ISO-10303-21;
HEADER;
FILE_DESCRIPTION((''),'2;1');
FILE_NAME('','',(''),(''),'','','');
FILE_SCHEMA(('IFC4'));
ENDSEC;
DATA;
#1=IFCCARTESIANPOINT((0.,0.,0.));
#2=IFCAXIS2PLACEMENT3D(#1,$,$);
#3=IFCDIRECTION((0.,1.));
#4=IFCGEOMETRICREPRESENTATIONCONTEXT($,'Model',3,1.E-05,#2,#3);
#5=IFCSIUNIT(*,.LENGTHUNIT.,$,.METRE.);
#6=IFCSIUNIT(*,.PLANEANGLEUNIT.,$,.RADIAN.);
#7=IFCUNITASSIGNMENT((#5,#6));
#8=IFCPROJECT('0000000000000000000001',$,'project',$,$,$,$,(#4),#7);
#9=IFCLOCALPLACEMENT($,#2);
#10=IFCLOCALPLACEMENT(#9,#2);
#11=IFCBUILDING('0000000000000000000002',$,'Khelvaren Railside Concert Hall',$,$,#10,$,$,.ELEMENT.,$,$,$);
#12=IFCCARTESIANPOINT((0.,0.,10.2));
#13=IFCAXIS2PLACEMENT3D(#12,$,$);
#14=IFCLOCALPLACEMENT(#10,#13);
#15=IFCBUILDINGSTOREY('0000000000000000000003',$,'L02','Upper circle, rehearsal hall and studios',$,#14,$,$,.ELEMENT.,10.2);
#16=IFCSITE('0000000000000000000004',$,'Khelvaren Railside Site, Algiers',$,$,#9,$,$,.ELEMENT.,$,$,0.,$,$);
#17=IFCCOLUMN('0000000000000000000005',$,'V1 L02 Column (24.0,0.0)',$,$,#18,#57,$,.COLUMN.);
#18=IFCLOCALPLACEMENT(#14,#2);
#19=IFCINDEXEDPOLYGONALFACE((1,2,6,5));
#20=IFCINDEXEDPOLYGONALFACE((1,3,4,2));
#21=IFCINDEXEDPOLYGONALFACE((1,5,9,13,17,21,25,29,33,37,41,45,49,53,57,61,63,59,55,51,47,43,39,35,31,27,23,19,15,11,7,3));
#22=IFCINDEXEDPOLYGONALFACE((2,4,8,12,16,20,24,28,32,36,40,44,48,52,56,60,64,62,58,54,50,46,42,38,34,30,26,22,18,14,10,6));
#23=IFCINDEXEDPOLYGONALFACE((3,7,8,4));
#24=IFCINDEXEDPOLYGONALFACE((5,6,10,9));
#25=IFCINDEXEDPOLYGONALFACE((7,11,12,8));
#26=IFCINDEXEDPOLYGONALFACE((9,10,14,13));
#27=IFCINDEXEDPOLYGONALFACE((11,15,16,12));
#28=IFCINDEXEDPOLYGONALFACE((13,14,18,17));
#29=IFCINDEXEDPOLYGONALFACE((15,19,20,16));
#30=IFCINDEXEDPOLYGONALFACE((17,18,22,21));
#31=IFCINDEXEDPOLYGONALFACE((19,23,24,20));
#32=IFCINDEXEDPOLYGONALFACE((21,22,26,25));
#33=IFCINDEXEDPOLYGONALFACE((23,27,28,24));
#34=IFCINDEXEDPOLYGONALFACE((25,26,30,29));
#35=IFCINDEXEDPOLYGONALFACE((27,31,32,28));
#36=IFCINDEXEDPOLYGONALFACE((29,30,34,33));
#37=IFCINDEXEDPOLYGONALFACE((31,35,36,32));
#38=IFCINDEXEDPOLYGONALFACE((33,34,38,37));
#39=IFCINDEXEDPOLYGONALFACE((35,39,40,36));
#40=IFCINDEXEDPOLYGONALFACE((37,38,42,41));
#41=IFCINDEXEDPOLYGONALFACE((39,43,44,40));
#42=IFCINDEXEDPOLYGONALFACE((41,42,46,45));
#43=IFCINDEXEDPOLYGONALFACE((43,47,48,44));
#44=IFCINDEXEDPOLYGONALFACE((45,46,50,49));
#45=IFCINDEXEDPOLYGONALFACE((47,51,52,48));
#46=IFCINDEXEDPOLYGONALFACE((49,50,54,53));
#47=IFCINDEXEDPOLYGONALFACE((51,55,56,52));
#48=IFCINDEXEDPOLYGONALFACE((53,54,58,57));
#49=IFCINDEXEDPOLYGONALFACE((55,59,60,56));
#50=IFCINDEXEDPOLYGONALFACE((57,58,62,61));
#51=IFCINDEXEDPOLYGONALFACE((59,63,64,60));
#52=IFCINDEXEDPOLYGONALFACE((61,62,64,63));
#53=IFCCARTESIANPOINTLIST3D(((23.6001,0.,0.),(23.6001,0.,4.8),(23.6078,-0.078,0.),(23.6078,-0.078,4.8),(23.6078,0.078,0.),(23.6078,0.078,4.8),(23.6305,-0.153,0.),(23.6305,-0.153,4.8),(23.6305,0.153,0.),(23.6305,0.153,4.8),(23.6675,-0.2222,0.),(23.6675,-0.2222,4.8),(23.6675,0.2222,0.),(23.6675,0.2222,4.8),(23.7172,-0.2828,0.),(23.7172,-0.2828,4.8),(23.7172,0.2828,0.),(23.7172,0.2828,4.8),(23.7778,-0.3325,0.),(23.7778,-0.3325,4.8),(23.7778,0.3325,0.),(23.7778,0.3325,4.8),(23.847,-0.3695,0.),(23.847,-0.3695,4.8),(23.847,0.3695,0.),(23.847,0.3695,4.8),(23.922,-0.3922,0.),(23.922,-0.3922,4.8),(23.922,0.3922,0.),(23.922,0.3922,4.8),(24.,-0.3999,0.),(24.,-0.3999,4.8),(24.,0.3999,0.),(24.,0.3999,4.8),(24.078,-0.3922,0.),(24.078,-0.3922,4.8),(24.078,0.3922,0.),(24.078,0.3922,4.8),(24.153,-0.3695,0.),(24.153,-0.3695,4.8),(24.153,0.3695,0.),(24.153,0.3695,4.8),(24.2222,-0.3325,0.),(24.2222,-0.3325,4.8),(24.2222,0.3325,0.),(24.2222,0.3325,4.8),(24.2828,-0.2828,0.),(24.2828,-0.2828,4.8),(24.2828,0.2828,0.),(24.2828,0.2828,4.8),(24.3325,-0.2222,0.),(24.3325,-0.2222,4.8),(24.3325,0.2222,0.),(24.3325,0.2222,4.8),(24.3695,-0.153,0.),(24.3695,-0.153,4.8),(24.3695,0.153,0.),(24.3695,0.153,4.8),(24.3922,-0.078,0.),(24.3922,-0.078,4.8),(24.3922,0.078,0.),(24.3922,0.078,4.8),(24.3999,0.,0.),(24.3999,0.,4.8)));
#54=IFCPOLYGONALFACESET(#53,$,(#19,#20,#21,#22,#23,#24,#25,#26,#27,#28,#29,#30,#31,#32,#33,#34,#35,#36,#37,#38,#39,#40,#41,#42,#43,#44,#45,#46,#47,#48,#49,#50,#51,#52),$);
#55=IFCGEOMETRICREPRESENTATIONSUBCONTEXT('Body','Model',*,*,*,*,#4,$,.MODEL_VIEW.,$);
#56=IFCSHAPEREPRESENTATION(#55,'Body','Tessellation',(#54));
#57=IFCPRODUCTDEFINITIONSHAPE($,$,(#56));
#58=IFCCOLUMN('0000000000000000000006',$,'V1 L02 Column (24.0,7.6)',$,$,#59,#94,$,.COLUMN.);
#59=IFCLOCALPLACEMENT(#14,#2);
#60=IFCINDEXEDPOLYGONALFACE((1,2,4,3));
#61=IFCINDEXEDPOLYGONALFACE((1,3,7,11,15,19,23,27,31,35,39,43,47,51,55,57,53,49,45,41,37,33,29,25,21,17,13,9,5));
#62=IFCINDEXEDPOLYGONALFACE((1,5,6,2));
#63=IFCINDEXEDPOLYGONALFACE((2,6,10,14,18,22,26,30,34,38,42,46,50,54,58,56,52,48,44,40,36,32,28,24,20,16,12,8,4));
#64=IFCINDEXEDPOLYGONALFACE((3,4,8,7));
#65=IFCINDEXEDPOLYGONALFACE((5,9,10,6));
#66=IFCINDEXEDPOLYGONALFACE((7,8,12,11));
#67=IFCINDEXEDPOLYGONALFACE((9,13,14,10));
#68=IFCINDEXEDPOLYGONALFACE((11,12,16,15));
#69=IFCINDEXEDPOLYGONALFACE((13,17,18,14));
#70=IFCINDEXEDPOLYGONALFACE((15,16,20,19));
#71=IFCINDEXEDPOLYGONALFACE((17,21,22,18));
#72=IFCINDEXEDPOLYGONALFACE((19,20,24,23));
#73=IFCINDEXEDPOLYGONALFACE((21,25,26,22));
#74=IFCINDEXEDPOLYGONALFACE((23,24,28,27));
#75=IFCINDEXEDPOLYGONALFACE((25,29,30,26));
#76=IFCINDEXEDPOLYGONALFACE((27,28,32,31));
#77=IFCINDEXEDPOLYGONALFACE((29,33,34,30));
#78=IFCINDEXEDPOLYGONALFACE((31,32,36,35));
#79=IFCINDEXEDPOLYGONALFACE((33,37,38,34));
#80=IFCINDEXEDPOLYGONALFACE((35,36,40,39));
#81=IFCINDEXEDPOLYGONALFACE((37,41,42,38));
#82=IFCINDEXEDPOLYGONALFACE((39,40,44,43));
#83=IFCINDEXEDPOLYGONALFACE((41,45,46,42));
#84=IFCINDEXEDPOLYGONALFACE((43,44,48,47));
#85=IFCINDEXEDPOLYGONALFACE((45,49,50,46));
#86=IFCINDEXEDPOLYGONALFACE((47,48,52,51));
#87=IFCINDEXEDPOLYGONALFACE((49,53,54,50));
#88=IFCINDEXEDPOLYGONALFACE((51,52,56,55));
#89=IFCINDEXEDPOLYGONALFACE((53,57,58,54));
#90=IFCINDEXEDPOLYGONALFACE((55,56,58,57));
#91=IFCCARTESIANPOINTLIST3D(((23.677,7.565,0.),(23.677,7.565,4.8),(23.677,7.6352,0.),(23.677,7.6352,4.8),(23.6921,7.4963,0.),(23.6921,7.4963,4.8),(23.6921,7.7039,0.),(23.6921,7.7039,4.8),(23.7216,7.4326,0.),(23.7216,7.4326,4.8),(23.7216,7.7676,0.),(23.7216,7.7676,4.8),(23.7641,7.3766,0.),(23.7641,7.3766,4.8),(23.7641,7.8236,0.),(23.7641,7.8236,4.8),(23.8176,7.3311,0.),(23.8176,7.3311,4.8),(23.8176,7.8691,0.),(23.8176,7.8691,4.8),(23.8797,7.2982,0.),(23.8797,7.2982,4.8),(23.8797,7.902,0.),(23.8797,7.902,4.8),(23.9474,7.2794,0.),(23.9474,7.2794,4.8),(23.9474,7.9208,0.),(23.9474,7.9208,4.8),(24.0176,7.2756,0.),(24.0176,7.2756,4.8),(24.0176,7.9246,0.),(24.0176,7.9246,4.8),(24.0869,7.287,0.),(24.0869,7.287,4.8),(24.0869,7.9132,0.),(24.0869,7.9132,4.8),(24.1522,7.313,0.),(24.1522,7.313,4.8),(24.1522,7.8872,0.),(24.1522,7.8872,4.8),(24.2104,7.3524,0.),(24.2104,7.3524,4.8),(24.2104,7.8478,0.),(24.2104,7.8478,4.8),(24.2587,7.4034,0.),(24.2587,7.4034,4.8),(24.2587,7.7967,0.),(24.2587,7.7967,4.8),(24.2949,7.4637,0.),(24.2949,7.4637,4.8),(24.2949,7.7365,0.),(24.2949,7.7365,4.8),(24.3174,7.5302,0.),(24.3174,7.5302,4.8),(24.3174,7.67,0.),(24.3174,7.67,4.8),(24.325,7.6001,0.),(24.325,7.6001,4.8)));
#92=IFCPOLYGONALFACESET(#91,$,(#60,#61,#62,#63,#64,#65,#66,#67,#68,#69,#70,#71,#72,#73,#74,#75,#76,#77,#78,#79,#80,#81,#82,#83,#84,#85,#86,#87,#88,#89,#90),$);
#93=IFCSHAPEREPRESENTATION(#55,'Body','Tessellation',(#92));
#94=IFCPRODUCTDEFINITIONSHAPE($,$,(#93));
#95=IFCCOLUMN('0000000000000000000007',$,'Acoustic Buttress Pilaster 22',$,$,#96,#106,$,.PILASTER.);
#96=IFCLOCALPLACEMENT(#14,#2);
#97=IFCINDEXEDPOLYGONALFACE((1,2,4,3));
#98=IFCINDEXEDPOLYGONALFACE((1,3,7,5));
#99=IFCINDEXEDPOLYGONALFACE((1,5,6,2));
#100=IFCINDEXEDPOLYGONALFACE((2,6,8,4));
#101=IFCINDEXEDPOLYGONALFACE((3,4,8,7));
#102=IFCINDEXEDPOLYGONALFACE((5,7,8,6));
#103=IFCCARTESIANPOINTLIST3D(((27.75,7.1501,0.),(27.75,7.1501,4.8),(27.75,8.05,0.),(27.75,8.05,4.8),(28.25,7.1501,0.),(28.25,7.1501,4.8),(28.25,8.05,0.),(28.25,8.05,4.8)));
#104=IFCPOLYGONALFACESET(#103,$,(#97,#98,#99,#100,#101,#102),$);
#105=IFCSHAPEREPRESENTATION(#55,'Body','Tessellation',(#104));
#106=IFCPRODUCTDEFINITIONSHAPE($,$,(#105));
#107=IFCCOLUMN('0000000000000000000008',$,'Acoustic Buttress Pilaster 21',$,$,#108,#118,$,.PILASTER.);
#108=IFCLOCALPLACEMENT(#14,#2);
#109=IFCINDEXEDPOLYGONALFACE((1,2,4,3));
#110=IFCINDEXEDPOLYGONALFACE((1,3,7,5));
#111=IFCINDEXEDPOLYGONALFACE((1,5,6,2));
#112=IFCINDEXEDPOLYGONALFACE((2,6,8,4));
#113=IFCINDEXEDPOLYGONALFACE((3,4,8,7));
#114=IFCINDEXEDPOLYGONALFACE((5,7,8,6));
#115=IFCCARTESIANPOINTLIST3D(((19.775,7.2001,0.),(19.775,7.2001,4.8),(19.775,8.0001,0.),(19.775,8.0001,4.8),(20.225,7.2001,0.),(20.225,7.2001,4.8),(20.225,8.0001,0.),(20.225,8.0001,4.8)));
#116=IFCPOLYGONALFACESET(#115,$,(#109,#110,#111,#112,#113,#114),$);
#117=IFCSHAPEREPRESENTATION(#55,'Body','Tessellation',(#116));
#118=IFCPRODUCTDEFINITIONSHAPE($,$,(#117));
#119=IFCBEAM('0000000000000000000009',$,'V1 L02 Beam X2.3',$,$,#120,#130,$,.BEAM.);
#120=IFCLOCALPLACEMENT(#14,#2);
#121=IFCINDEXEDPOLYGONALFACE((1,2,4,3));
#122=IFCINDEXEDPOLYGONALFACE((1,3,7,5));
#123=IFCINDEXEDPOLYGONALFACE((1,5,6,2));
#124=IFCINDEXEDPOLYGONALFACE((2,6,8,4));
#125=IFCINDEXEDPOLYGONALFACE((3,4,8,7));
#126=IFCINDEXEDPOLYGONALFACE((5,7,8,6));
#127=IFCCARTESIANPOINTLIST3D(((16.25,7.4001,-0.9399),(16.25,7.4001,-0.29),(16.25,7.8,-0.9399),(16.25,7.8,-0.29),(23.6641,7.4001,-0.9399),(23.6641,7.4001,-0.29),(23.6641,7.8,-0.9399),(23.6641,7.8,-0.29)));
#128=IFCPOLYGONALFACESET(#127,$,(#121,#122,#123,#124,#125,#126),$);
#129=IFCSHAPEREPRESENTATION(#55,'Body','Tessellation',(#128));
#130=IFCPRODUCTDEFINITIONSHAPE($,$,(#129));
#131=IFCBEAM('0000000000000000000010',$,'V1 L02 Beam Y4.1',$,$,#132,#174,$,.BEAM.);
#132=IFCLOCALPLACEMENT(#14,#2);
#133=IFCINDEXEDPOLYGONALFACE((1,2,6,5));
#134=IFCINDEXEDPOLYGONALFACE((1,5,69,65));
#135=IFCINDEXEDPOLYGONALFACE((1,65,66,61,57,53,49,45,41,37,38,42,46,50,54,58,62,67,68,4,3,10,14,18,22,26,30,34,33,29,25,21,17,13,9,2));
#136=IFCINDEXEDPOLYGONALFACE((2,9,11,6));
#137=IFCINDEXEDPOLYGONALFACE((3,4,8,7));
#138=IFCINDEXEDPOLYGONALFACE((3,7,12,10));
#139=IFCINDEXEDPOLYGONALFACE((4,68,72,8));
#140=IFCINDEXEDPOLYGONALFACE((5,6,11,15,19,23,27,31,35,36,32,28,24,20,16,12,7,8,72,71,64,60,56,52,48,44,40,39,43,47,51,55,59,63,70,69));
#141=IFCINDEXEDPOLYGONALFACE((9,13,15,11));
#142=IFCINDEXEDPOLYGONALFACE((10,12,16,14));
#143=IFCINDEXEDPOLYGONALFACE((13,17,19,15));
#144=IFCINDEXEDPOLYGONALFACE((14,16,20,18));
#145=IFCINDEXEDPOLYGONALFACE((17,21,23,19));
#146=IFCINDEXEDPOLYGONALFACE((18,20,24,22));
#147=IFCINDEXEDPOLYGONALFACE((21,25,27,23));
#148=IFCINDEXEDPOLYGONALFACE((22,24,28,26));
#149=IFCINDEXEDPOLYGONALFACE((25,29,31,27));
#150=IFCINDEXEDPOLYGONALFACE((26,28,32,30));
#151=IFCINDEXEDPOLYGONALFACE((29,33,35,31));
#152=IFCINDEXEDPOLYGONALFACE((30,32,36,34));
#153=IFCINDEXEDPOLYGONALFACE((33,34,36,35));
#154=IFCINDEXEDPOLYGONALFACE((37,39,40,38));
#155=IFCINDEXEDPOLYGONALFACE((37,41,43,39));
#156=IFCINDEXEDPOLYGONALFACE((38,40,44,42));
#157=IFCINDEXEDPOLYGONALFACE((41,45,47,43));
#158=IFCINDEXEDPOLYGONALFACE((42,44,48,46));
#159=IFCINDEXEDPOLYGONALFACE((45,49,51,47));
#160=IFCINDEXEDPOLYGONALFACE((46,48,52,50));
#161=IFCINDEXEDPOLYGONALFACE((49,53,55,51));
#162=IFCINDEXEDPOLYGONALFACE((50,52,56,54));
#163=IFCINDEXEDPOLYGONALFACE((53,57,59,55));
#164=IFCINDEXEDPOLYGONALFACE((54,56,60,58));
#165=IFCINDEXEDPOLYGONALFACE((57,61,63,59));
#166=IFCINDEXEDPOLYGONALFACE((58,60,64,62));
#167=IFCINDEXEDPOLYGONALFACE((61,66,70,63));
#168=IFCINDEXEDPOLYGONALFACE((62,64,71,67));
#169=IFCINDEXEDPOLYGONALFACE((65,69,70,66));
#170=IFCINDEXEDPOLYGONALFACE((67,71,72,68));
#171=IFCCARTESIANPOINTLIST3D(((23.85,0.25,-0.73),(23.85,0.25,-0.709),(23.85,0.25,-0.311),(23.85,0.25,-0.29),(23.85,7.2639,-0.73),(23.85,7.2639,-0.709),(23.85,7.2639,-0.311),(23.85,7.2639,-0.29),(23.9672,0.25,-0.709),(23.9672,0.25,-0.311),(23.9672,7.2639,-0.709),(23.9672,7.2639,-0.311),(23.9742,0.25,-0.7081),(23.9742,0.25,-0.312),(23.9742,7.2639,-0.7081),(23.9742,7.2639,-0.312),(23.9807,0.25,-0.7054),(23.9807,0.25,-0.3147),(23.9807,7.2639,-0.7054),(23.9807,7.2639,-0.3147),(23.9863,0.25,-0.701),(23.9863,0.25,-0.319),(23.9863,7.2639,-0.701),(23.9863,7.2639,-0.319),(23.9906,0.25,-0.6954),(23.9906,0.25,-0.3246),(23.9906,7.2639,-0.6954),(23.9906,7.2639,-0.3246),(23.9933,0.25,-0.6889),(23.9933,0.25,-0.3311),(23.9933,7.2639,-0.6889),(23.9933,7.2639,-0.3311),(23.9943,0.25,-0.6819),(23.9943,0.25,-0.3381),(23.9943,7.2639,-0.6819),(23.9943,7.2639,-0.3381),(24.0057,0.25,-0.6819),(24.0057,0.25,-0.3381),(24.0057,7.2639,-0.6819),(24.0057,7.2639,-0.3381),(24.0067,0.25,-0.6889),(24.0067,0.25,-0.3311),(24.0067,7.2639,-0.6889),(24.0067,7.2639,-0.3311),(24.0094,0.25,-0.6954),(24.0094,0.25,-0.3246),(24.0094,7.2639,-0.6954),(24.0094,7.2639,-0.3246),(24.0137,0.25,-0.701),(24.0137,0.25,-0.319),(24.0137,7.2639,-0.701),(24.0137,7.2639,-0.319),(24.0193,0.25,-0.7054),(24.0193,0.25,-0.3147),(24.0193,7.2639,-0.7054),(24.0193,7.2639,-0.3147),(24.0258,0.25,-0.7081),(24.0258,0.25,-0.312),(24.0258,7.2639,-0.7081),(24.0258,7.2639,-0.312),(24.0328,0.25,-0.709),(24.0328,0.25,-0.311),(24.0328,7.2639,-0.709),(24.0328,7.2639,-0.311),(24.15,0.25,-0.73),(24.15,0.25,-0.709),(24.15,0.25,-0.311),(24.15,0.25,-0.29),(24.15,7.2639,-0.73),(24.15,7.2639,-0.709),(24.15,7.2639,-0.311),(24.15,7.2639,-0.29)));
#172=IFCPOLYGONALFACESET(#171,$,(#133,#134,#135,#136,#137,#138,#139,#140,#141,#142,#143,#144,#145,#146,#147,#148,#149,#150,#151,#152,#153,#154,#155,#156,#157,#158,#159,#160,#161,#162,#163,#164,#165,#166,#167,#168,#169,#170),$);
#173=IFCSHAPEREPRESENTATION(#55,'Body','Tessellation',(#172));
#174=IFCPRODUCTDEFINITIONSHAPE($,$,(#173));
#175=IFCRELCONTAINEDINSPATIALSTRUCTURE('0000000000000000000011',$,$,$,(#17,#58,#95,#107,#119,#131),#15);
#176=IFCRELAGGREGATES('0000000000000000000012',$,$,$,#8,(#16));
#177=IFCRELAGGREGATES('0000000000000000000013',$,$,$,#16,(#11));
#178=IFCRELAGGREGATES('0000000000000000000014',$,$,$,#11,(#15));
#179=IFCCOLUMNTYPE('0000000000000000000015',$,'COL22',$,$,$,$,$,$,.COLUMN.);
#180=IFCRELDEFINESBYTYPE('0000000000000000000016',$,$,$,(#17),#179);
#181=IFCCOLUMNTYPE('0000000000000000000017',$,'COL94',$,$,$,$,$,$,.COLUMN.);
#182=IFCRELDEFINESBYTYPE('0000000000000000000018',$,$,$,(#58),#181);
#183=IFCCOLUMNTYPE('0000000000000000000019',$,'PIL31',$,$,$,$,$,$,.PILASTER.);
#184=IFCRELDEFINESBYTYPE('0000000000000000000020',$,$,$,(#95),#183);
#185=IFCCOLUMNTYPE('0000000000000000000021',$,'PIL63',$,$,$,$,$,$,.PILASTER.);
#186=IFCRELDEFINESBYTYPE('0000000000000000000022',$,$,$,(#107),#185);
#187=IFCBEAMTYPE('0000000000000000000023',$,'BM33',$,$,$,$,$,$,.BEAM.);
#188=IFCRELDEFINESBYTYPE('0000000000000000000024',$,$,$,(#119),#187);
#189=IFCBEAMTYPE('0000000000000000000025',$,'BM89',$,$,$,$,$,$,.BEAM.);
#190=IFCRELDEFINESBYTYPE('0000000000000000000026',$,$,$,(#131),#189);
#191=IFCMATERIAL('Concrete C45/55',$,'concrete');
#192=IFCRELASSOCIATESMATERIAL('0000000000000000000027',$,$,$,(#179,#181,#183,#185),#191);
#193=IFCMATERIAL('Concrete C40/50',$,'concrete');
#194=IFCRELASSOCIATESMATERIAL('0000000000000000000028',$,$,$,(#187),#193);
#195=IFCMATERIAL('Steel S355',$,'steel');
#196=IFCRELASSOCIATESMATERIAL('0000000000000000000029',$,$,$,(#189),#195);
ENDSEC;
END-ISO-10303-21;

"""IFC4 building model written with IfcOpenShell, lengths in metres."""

from ifc_helpers import new_model, si_unit, direction, frame, origin, origin_2d, place, context, subcontext, project, spatial, rectangle, circle, i_section, extrude, material, material_profile, profile_set, type_object, element, save


model = new_model("IFC4")

# Units and contexts
model_context = context("Model", 3, precision=1e-05, world=origin(), true_north=direction((0.0, 1.0)))
body_context = subcontext(model_context, "Body", "Model", "MODEL_VIEW")
ifc_project = project(units=[si_unit("LENGTHUNIT", "METRE"), si_unit("PLANEANGLEUNIT", "RADIAN")], contexts=[model_context])

# Site, building, storey
site_placement = place(None, origin())
site = spatial("IfcSite", under=ifc_project, at=site_placement, Name="Khelvaren Railside Site, Algiers", CompositionType="ELEMENT", RefElevation=0.0)
building_placement = place(site_placement, origin())
building = spatial("IfcBuilding", under=site, at=building_placement, Name="Khelvaren Railside Concert Hall", CompositionType="ELEMENT")
storey_placement = place(building_placement, frame((0.0, 0.0, 10.2)))
storey = spatial("IfcBuildingStorey", under=building, at=storey_placement, Name="L02", Description="Upper circle, rehearsal hall and studios", CompositionType="ELEMENT", Elevation=10.2)

# Columns
ifc_material_1 = material(Name="Concrete C45/55", Category="concrete")
ifc_material_profile_1 = material_profile(ifc_material_1, circle(Radius=0.3999, at=origin_2d()), Name="RC D800")
ifc_profile_set_1 = profile_set([ifc_material_profile_1], Name="Concrete C45/55")
column_type_1 = type_object("IfcColumnType", Name="COL22", PredefinedType="COLUMN", material=ifc_profile_set_1)
column_1_placement = place(storey_placement, frame((24.0, 0.0, 0.0), z_axis=(0.0, 0.0, 1.0), x_axis=(1.0, 0.0, 0.0)))
element("IfcColumn", 1, at=column_1_placement, inside=storey, type_object=column_type_1, Name="V1 L02 Column (24.0,0.0)", PredefinedType="COLUMN", context=body_context, shape_type="SweptSolid", body=[
    extrude(circle(Radius=0.3999, at=origin_2d()), origin(), (0.0, 0.0, 1.0), 4.8),
])
ifc_material_profile_2 = material_profile(ifc_material_1, circle(Radius=0.325, at=origin_2d()), Name="RC D650")
ifc_profile_set_2 = profile_set([ifc_material_profile_2], Name="Concrete C45/55")
column_type_2 = type_object("IfcColumnType", Name="COL94", PredefinedType="COLUMN", material=ifc_profile_set_2)
column_2_placement = place(storey_placement, frame((24.0, 7.6001, 0.0), z_axis=(0.0, 0.0, 1.0), x_axis=(1.0, 0.0, 0.0)))
element("IfcColumn", 2, at=column_2_placement, inside=storey, type_object=column_type_2, Name="V1 L02 Column (24.0,7.6)", PredefinedType="COLUMN", context=body_context, shape_type="SweptSolid", body=[
    extrude(circle(Radius=0.325, at=origin_2d()), origin(), (0.0, 0.0, 1.0), 4.8),
])
ifc_material_profile_3 = material_profile(ifc_material_1, rectangle(XDim=0.5, YDim=0.8999, at=origin_2d()), Name="PIL 500x900")
ifc_profile_set_3 = profile_set([ifc_material_profile_3], Name="Concrete C45/55")
column_type_3 = type_object("IfcColumnType", Name="PIL31", PredefinedType="PILASTER", material=ifc_profile_set_3)
column_3_placement = place(storey_placement, frame((28.0, 7.6001, 0.0), z_axis=(0.0, 0.0, 1.0), x_axis=(1.0, 0.0, 0.0)))
element("IfcColumn", 3, at=column_3_placement, inside=storey, type_object=column_type_3, Name="Acoustic Buttress Pilaster 22", PredefinedType="PILASTER", context=body_context, shape_type="SweptSolid", body=[
    extrude(rectangle(XDim=0.5, YDim=0.8999, at=origin_2d()), origin(), (0.0, 0.0, 1.0), 4.8),
])
ifc_material_profile_4 = material_profile(ifc_material_1, rectangle(XDim=0.45, YDim=0.8, at=origin_2d()), Name="PIL 450x800")
ifc_profile_set_4 = profile_set([ifc_material_profile_4], Name="Concrete C45/55")
column_type_4 = type_object("IfcColumnType", Name="PIL63", PredefinedType="PILASTER", material=ifc_profile_set_4)
column_4_placement = place(storey_placement, frame((20.0, 7.6001, 0.0), z_axis=(0.0, 0.0, 1.0), x_axis=(1.0, 0.0, 0.0)))
element("IfcColumn", 4, at=column_4_placement, inside=storey, type_object=column_type_4, Name="Acoustic Buttress Pilaster 21", PredefinedType="PILASTER", context=body_context, shape_type="SweptSolid", body=[
    extrude(rectangle(XDim=0.45, YDim=0.8, at=origin_2d()), origin(), (0.0, 0.0, 1.0), 4.8),
])

# Beams
ifc_material_2 = material(Name="Concrete C40/50", Category="concrete")
ifc_material_profile_5 = material_profile(ifc_material_2, rectangle(XDim=0.3999, YDim=0.6499, at=origin_2d()), Name="RCB 400x650")
ifc_profile_set_5 = profile_set([ifc_material_profile_5], Name="Concrete C40/50")
beam_type_1 = type_object("IfcBeamType", Name="BM33", PredefinedType="BEAM", material=ifc_profile_set_5)
beam_1_placement = place(storey_placement, frame((16.25, 7.6001, -0.615), z_axis=(1.0, 0.0, 0.0), x_axis=(0.0, 1.0, 0.0)))
element("IfcBeam", 5, at=beam_1_placement, inside=storey, type_object=beam_type_1, Name="V1 L02 Beam X2.3", PredefinedType="BEAM", context=body_context, shape_type="SweptSolid", body=[
    extrude(rectangle(XDim=0.3999, YDim=0.6499, at=origin_2d()), origin(), (0.0, 0.0, 1.0), 7.4141),
])
ifc_material_3 = material(Name="Steel S355", Category="steel")
ifc_material_profile_6 = material_profile(ifc_material_3, i_section(OverallWidth=0.3, OverallDepth=0.4399, WebThickness=0.0115, FlangeThickness=0.021, FilletRadius=0.0271, at=origin_2d()), Name="HEA 450")
ifc_profile_set_6 = profile_set([ifc_material_profile_6], Name="Steel S355")
beam_type_2 = type_object("IfcBeamType", Name="BM89", PredefinedType="BEAM", material=ifc_profile_set_6)
beam_2_placement = place(storey_placement, frame((24.0, 0.25, -0.51), z_axis=(0.0, 1.0, 0.0), x_axis=(-1.0, 0.0, 0.0)))
element("IfcBeam", 6, at=beam_2_placement, inside=storey, type_object=beam_type_2, Name="V1 L02 Beam Y4.1", PredefinedType="BEAM", context=body_context, shape_type="SweptSolid", body=[
    extrude(i_section(OverallWidth=0.3, OverallDepth=0.4399, WebThickness=0.0115, FlangeThickness=0.021, FilletRadius=0.0271, at=origin_2d()), origin(), (0.0, 0.0, 1.0), 7.0139),
])

save(model, "model.ifc")
